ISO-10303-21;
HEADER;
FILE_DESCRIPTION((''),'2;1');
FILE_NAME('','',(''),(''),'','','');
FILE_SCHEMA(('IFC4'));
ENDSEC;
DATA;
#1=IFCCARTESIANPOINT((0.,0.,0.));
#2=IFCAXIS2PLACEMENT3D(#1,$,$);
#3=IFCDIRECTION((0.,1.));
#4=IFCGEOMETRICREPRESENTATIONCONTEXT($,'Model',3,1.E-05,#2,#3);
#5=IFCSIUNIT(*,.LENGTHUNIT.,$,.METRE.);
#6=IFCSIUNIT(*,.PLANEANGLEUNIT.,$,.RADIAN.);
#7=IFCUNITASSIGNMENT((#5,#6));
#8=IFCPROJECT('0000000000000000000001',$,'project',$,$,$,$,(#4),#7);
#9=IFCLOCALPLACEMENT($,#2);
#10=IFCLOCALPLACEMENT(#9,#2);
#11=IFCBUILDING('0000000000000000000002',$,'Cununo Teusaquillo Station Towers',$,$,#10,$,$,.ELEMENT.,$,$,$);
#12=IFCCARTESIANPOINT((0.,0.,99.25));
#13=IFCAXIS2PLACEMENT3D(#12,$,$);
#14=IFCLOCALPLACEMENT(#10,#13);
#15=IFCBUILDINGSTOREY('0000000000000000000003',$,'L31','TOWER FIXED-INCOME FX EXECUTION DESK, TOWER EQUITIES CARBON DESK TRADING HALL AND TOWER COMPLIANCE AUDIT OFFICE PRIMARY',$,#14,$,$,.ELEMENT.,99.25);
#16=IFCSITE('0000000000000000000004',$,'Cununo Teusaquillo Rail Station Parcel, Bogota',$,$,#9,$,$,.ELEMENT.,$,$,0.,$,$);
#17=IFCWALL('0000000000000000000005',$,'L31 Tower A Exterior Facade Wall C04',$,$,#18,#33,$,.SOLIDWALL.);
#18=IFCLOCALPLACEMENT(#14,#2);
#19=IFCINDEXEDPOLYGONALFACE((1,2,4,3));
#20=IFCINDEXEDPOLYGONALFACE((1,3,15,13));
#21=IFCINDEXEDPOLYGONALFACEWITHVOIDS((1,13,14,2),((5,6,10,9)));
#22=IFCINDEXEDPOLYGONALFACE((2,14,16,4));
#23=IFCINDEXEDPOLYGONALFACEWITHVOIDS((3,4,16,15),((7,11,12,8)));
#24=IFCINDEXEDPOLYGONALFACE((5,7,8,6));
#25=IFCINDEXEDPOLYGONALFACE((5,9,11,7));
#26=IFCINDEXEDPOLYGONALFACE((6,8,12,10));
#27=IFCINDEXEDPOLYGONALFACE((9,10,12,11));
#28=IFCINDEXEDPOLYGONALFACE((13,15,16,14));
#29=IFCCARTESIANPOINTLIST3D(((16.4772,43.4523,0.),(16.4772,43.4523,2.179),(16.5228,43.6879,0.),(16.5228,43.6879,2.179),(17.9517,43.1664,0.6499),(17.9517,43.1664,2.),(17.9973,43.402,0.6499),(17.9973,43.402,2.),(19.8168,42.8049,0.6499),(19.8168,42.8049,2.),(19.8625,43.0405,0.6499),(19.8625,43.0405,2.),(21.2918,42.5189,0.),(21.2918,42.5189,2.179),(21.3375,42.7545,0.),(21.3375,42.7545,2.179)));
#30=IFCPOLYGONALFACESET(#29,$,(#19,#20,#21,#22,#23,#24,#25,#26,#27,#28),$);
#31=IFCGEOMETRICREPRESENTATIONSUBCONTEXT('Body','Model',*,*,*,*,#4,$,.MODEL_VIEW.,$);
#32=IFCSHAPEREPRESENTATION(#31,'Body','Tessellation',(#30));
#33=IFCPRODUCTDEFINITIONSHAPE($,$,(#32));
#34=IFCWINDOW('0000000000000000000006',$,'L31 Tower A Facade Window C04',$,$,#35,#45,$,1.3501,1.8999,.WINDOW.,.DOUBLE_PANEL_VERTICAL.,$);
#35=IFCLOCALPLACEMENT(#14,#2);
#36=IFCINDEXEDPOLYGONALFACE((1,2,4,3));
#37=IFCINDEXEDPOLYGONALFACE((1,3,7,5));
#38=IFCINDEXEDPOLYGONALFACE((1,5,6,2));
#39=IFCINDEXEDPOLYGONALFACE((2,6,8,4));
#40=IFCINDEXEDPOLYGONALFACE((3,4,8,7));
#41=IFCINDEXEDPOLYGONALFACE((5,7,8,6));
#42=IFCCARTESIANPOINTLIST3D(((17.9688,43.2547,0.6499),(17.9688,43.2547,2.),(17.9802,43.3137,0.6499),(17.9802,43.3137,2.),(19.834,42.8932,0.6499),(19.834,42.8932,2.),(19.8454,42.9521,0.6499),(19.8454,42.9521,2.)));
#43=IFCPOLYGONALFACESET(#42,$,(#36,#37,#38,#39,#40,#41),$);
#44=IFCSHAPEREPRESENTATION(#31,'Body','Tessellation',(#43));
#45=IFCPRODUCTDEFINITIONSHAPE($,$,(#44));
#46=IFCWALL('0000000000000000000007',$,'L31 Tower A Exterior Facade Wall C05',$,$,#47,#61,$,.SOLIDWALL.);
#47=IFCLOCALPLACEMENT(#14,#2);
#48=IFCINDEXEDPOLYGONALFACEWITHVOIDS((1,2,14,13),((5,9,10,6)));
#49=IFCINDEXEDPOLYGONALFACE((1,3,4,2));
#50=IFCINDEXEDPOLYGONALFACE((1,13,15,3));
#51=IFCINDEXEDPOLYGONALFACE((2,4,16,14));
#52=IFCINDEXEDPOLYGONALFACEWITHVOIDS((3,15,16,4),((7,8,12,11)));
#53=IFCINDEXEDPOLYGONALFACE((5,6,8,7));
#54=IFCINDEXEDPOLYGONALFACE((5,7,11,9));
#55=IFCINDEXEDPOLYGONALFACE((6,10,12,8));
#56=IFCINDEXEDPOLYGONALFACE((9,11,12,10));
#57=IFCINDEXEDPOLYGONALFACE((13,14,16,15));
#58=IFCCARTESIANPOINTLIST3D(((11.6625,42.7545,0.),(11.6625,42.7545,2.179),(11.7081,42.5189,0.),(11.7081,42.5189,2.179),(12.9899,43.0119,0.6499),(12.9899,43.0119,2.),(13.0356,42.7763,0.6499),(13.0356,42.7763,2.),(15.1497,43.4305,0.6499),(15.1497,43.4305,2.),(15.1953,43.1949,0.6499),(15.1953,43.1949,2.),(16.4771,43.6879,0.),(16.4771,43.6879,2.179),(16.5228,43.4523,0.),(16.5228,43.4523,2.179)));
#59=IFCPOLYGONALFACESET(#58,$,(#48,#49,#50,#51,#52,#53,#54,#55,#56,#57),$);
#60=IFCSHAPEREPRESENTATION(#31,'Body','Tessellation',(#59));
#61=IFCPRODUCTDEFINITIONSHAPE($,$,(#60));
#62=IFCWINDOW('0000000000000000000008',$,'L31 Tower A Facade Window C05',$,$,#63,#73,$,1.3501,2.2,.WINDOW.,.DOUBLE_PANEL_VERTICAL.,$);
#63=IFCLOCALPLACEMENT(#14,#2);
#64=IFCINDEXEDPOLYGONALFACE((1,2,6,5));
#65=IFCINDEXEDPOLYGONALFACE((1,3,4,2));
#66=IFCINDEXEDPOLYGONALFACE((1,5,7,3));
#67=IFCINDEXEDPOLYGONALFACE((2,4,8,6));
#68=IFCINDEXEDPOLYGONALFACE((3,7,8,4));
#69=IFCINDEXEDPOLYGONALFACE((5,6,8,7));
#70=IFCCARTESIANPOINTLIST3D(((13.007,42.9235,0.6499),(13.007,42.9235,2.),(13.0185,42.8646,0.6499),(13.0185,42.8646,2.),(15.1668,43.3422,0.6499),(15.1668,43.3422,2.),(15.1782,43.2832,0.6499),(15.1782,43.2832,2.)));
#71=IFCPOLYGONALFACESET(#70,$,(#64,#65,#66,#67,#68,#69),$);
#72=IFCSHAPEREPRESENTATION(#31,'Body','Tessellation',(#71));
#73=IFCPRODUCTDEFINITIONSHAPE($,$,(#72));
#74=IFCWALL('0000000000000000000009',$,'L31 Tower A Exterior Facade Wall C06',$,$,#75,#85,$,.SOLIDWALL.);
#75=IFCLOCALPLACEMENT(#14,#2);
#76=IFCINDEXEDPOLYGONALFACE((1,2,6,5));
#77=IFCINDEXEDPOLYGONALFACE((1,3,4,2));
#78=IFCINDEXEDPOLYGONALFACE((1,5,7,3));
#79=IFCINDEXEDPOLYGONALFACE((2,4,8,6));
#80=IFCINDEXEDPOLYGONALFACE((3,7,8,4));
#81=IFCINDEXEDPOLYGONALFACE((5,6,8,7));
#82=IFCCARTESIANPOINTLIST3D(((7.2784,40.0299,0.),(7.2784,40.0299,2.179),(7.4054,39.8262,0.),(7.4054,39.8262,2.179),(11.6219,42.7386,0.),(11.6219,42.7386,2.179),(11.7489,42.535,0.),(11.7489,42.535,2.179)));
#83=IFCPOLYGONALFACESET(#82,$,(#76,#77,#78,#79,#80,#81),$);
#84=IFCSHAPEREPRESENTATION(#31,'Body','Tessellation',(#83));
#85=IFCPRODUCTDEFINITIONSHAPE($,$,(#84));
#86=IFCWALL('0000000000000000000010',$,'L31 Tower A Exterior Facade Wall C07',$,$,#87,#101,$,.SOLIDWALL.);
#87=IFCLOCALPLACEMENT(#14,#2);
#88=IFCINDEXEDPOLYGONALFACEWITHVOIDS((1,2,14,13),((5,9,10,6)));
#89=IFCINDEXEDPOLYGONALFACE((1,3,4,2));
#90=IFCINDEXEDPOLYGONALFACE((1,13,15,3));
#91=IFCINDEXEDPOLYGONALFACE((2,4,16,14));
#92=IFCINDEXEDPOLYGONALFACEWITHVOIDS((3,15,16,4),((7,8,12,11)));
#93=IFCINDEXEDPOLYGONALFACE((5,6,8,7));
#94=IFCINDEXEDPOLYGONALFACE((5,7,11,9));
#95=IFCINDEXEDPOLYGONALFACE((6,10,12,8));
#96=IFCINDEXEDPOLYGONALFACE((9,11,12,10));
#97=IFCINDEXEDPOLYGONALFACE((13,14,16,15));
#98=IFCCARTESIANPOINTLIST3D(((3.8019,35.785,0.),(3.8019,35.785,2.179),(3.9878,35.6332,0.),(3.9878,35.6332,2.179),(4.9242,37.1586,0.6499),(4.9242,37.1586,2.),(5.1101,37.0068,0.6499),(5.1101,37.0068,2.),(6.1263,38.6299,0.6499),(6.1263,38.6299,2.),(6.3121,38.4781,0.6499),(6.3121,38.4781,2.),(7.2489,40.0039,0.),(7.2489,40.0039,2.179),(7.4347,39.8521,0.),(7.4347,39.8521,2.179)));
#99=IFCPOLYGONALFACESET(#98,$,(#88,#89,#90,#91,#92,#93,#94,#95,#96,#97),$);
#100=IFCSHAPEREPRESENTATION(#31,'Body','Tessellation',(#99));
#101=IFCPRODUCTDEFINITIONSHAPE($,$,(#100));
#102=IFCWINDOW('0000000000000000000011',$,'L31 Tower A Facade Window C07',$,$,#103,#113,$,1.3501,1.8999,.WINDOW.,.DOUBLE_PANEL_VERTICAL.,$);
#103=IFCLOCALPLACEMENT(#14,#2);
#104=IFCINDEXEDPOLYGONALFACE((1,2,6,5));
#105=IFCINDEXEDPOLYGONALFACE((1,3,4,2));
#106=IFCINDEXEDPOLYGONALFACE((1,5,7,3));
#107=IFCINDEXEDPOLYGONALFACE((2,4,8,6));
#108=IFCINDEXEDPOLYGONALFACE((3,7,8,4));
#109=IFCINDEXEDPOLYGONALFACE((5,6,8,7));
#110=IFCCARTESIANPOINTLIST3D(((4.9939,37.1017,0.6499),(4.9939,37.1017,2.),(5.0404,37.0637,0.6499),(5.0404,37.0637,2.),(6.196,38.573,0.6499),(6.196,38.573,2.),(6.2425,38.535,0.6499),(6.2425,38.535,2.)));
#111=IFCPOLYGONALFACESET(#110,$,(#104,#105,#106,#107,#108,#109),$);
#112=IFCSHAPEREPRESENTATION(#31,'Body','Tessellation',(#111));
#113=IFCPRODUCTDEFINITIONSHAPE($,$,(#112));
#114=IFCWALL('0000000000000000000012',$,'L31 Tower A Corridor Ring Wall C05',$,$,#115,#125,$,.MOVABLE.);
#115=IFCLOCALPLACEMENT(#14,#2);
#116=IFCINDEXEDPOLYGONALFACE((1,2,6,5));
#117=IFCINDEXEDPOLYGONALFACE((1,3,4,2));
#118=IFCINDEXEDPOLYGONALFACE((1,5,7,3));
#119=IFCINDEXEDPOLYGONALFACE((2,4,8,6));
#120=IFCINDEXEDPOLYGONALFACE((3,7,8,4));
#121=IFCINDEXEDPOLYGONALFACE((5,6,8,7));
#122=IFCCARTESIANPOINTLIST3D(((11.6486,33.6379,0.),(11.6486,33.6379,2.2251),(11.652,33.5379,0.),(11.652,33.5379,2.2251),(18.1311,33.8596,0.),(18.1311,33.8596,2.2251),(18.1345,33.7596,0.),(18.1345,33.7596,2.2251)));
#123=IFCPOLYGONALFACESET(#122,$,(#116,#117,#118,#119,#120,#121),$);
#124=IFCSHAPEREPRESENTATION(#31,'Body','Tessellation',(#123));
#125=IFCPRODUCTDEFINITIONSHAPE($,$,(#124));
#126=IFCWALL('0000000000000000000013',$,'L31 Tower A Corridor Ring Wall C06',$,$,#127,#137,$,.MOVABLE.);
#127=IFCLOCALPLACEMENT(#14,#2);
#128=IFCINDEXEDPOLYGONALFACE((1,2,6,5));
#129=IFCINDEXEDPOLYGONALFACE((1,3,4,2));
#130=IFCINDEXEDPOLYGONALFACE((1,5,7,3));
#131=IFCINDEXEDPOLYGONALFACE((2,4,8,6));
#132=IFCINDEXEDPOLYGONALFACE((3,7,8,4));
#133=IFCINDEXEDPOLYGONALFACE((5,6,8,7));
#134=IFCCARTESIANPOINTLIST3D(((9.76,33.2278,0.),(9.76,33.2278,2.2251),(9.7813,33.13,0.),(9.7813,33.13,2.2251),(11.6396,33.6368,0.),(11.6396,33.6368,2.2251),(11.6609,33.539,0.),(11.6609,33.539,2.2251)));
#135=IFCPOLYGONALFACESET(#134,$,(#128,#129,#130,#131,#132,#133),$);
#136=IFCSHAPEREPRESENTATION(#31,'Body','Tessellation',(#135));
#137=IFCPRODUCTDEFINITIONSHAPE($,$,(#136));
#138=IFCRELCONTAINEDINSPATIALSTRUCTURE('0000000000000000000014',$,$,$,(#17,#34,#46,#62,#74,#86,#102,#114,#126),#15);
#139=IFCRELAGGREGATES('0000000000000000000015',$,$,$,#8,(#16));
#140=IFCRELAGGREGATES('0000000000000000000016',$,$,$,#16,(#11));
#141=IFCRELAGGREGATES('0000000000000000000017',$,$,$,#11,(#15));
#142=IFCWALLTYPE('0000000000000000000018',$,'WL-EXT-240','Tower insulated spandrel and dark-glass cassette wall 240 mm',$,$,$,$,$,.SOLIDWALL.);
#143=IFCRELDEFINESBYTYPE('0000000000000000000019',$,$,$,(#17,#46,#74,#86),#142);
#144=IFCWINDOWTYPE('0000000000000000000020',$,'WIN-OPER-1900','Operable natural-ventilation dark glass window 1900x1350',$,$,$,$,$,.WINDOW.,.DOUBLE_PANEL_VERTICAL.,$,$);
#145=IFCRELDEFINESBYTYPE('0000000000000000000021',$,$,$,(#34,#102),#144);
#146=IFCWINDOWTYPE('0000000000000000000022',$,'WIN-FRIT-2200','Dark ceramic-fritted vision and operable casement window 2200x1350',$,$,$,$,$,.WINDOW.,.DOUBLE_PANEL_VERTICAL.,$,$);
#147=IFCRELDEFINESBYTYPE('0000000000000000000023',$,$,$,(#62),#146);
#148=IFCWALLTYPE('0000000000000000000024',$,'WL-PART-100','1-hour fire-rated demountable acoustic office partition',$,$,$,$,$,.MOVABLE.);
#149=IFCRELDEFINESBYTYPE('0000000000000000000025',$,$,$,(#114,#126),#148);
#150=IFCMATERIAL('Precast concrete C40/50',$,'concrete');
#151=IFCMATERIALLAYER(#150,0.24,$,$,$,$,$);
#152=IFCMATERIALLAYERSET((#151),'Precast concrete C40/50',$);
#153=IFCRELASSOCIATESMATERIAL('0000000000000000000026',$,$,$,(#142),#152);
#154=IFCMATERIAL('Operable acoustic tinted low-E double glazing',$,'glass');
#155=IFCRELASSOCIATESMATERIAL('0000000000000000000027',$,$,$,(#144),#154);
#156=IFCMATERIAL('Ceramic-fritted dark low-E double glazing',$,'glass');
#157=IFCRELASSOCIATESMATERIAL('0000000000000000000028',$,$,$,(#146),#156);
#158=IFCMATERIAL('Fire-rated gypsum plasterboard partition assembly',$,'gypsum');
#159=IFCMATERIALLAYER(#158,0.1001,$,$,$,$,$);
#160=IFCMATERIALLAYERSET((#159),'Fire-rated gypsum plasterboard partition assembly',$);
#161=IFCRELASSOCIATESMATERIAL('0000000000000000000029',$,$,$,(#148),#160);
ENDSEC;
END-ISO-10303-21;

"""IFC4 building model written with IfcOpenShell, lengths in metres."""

from ifc_helpers import new_model, si_unit, direction, frame, frame_2d, origin, place, context, subcontext, project, spatial, rectangle, extrude, source, transform, mapped, material, layer, layer_set, type_object, element, fill, save


model = new_model("IFC4")

# Units and contexts
model_context = context("Model", 3, precision=1e-05, world=origin(), true_north=direction((0.0, 1.0)))
body_context = subcontext(model_context, "Body", "Model", "MODEL_VIEW")
ifc_project = project(units=[si_unit("LENGTHUNIT", "METRE"), si_unit("PLANEANGLEUNIT", "RADIAN")], contexts=[model_context])

# Site, building, storey
site_placement = place(None, origin())
site = spatial("IfcSite", under=ifc_project, at=site_placement, Name="Cununo Teusaquillo Rail Station Parcel, Bogota", CompositionType="ELEMENT", RefElevation=0.0)
building_placement = place(site_placement, origin())
building = spatial("IfcBuilding", under=site, at=building_placement, Name="Cununo Teusaquillo Station Towers", CompositionType="ELEMENT")
storey_placement = place(building_placement, frame((0.0, 0.0, 99.25)))
storey = spatial("IfcBuildingStorey", under=building, at=storey_placement, Name="L31", Description="TOWER FIXED-INCOME FX EXECUTION DESK, TOWER EQUITIES CARBON DESK TRADING HALL AND TOWER COMPLIANCE AUDIT OFFICE PRIMARY", CompositionType="ELEMENT", Elevation=99.25)

# Walls, openings, windows
ifc_material_1 = material(Name="Precast concrete C40/50", Category="concrete")
ifc_layer_1 = layer(ifc_material_1, 0.24)
ifc_layer_set_1 = layer_set([ifc_layer_1], Name="Precast concrete C40/50")
wall_type_1 = type_object("IfcWallType", Name="WL-EXT-240", Description="Tower insulated spandrel and dark-glass cassette wall 240 mm", PredefinedType="SOLIDWALL", material=ifc_layer_set_1)
wall_1_placement = place(storey_placement, frame((16.5, 43.5701, 0.0), z_axis=(0.0, 0.0, 1.0), x_axis=(0.981724, -0.190311, 0.0)))
wall_1 = element("IfcWall", 1, at=wall_1_placement, inside=storey, type_object=wall_type_1, Name="L31 Tower A Exterior Facade Wall C04", PredefinedType="SOLIDWALL", context=body_context, shape_type="SweptSolid", body=[
    extrude(rectangle(XDim=4.9043, YDim=0.24, at=frame_2d((2.4521, 0.0))), origin(), (0.0, 0.0, 1.0), 2.179),
])
shared_shape_1 = source(origin(), body_context, "Body", "SweptSolid", [
    extrude(rectangle(XDim=1.8999, YDim=1.3501, at=frame_2d((0.95, 0.675))), frame((0.0, 0.1299, 0.0), z_axis=(0.0, -1.0, 0.0), x_axis=(1.0, 0.0, 0.0)), (0.0, 0.0, 1.0), 0.26),
])
opening_1_placement = place(wall_1_placement, frame((1.502, 0.0, 0.6499)))
opening_1 = element("IfcOpeningElement", 2, at=opening_1_placement, cuts=wall_1, PredefinedType="OPENING", context=body_context, shape_type="MappedRepresentation", body=[
    mapped(shared_shape_1, transform((0.0, 0.0, 0.0), x_axis=(1.0, 0.0, 0.0), y_axis=(0.0, 1.0, 0.0), z_axis=(0.0, 0.0, 1.0), scale=1.0)),
])
ifc_material_2 = material(Name="Operable acoustic tinted low-E double glazing", Category="glass")
window_type_1 = type_object("IfcWindowType", Name="WIN-OPER-1900", Description="Operable natural-ventilation dark glass window 1900x1350", PartitioningType="DOUBLE_PANEL_VERTICAL", PredefinedType="WINDOW", material=ifc_material_2)
shared_shape_2 = source(origin(), body_context, "Body", "SweptSolid", [
    extrude(rectangle(XDim=1.8999, YDim=1.3501, at=frame_2d((0.95, 0.675))), frame((0.0, 0.03, 0.0), z_axis=(0.0, -1.0, 0.0), x_axis=(1.0, 0.0, 0.0)), (0.0, 0.0, 1.0), 0.0601),
])
window_1_placement = place(opening_1_placement, origin())
window_1 = element("IfcWindow", 3, at=window_1_placement, inside=storey, type_object=window_type_1, Name="L31 Tower A Facade Window C04", OverallHeight=1.3501, OverallWidth=1.8999, PartitioningType="DOUBLE_PANEL_VERTICAL", PredefinedType="WINDOW", context=body_context, shape_type="MappedRepresentation", body=[
    mapped(shared_shape_2, transform((0.0, 0.0, 0.0), x_axis=(1.0, 0.0, 0.0), y_axis=(0.0, 1.0, 0.0), z_axis=(0.0, 0.0, 1.0), scale=1.0)),
])
fill(opening_1, window_1)
wall_2_placement = place(storey_placement, frame((11.6853, 42.6367, 0.0), z_axis=(0.0, 0.0, 1.0), x_axis=(0.981724, 0.190311, 0.0)))
wall_2 = element("IfcWall", 4, at=wall_2_placement, inside=storey, type_object=wall_type_1, Name="L31 Tower A Exterior Facade Wall C05", PredefinedType="SOLIDWALL", context=body_context, shape_type="SweptSolid", body=[
    extrude(rectangle(XDim=4.9043, YDim=0.24, at=frame_2d((2.4521, 0.0))), origin(), (0.0, 0.0, 1.0), 2.179),
])
shared_shape_3 = source(origin(), body_context, "Body", "SweptSolid", [
    extrude(rectangle(XDim=2.2, YDim=1.3501, at=frame_2d((1.1001, 0.675))), frame((0.0, 0.1299, 0.0), z_axis=(0.0, -1.0, 0.0), x_axis=(1.0, 0.0, 0.0)), (0.0, 0.0, 1.0), 0.26),
])
opening_2_placement = place(wall_2_placement, frame((1.3521, 0.0, 0.6499)))
opening_2 = element("IfcOpeningElement", 5, at=opening_2_placement, cuts=wall_2, PredefinedType="OPENING", context=body_context, shape_type="MappedRepresentation", body=[
    mapped(shared_shape_3, transform((0.0, 0.0, 0.0), x_axis=(1.0, 0.0, 0.0), y_axis=(0.0, 1.0, 0.0), z_axis=(0.0, 0.0, 1.0), scale=1.0)),
])
ifc_material_3 = material(Name="Ceramic-fritted dark low-E double glazing", Category="glass")
window_type_2 = type_object("IfcWindowType", Name="WIN-FRIT-2200", Description="Dark ceramic-fritted vision and operable casement window 2200x1350", PartitioningType="DOUBLE_PANEL_VERTICAL", PredefinedType="WINDOW", material=ifc_material_3)
shared_shape_4 = source(origin(), body_context, "Body", "SweptSolid", [
    extrude(rectangle(XDim=2.2, YDim=1.3501, at=frame_2d((1.1001, 0.675))), frame((0.0, 0.03, 0.0), z_axis=(0.0, -1.0, 0.0), x_axis=(1.0, 0.0, 0.0)), (0.0, 0.0, 1.0), 0.0601),
])
window_2_placement = place(opening_2_placement, origin())
window_2 = element("IfcWindow", 6, at=window_2_placement, inside=storey, type_object=window_type_2, Name="L31 Tower A Facade Window C05", OverallHeight=1.3501, OverallWidth=2.2, PartitioningType="DOUBLE_PANEL_VERTICAL", PredefinedType="WINDOW", context=body_context, shape_type="MappedRepresentation", body=[
    mapped(shared_shape_4, transform((0.0, 0.0, 0.0), x_axis=(1.0, 0.0, 0.0), y_axis=(0.0, 1.0, 0.0), z_axis=(0.0, 0.0, 1.0), scale=1.0)),
])
fill(opening_2, window_2)

# Wall
wall_3_placement = place(storey_placement, frame((7.3418, 39.928, 0.0), z_axis=(0.0, 0.0, 1.0), x_axis=(0.84852, 0.529163, 0.0)))
element("IfcWall", 7, at=wall_3_placement, inside=storey, type_object=wall_type_1, Name="L31 Tower A Exterior Facade Wall C06", PredefinedType="SOLIDWALL", context=body_context, shape_type="SweptSolid", body=[
    extrude(rectangle(XDim=5.1189, YDim=0.24, at=frame_2d((2.5596, 0.0))), origin(), (0.0, 0.0, 1.0), 2.179),
])

# Wall, opening, window
wall_4_placement = place(storey_placement, frame((3.8948, 35.709, 0.0), z_axis=(0.0, 0.0, 1.0), x_axis=(0.632701, 0.774396, 0.0)))
wall_4 = element("IfcWall", 8, at=wall_4_placement, inside=storey, type_object=wall_type_1, Name="L31 Tower A Exterior Facade Wall C07", PredefinedType="SOLIDWALL", context=body_context, shape_type="SweptSolid", body=[
    extrude(rectangle(XDim=5.448, YDim=0.24, at=frame_2d((2.7241, 0.0))), origin(), (0.0, 0.0, 1.0), 2.179),
])
opening_3_placement = place(wall_4_placement, frame((1.7739, 0.0, 0.6499)))
opening_3 = element("IfcOpeningElement", 9, at=opening_3_placement, cuts=wall_4, PredefinedType="OPENING", context=body_context, shape_type="MappedRepresentation", body=[
    mapped(shared_shape_1, transform((0.0, 0.0, 0.0), x_axis=(1.0, 0.0, 0.0), y_axis=(0.0, 1.0, 0.0), z_axis=(0.0, 0.0, 1.0), scale=1.0)),
])
window_3_placement = place(opening_3_placement, origin())
window_3 = element("IfcWindow", 10, at=window_3_placement, inside=storey, type_object=window_type_1, Name="L31 Tower A Facade Window C07", OverallHeight=1.3501, OverallWidth=1.8999, PartitioningType="DOUBLE_PANEL_VERTICAL", PredefinedType="WINDOW", context=body_context, shape_type="MappedRepresentation", body=[
    mapped(shared_shape_2, transform((0.0, 0.0, 0.0), x_axis=(1.0, 0.0, 0.0), y_axis=(0.0, 1.0, 0.0), z_axis=(0.0, 0.0, 1.0), scale=1.0)),
])
fill(opening_3, window_3)

# Walls
ifc_material_4 = material(Name="Fire-rated gypsum plasterboard partition assembly", Category="gypsum")
ifc_layer_2 = layer(ifc_material_4, 0.1001)
ifc_layer_set_2 = layer_set([ifc_layer_2], Name="Fire-rated gypsum plasterboard partition assembly")
wall_type_2 = type_object("IfcWallType", Name="WL-PART-100", Description="1-hour fire-rated demountable acoustic office partition", PredefinedType="MOVABLE", material=ifc_layer_set_2)
wall_5_placement = place(storey_placement, frame((18.1328, 33.8096, 0.0), z_axis=(0.0, 0.0, 1.0), x_axis=(-0.999416, -0.034177, 0.0)))
element("IfcWall", 11, at=wall_5_placement, inside=storey, type_object=wall_type_2, Name="L31 Tower A Corridor Ring Wall C05", PredefinedType="MOVABLE", context=body_context, shape_type="SweptSolid", body=[
    extrude(rectangle(XDim=6.4863, YDim=0.1001, at=frame_2d((3.2432, 0.0))), origin(), (0.0, 0.0, 1.0), 2.2251),
])
wall_6_placement = place(storey_placement, frame((11.6504, 33.5879, 0.0), z_axis=(0.0, 0.0, 1.0), x_axis=(-0.977142, -0.212588, 0.0)))
element("IfcWall", 12, at=wall_6_placement, inside=storey, type_object=wall_type_2, Name="L31 Tower A Corridor Ring Wall C06", PredefinedType="MOVABLE", context=body_context, shape_type="SweptSolid", body=[
    extrude(rectangle(XDim=1.9236, YDim=0.1001, at=frame_2d((0.9619, 0.0))), origin(), (0.0, 0.0, 1.0), 2.2251),
])

save(model, "model.ifc")
